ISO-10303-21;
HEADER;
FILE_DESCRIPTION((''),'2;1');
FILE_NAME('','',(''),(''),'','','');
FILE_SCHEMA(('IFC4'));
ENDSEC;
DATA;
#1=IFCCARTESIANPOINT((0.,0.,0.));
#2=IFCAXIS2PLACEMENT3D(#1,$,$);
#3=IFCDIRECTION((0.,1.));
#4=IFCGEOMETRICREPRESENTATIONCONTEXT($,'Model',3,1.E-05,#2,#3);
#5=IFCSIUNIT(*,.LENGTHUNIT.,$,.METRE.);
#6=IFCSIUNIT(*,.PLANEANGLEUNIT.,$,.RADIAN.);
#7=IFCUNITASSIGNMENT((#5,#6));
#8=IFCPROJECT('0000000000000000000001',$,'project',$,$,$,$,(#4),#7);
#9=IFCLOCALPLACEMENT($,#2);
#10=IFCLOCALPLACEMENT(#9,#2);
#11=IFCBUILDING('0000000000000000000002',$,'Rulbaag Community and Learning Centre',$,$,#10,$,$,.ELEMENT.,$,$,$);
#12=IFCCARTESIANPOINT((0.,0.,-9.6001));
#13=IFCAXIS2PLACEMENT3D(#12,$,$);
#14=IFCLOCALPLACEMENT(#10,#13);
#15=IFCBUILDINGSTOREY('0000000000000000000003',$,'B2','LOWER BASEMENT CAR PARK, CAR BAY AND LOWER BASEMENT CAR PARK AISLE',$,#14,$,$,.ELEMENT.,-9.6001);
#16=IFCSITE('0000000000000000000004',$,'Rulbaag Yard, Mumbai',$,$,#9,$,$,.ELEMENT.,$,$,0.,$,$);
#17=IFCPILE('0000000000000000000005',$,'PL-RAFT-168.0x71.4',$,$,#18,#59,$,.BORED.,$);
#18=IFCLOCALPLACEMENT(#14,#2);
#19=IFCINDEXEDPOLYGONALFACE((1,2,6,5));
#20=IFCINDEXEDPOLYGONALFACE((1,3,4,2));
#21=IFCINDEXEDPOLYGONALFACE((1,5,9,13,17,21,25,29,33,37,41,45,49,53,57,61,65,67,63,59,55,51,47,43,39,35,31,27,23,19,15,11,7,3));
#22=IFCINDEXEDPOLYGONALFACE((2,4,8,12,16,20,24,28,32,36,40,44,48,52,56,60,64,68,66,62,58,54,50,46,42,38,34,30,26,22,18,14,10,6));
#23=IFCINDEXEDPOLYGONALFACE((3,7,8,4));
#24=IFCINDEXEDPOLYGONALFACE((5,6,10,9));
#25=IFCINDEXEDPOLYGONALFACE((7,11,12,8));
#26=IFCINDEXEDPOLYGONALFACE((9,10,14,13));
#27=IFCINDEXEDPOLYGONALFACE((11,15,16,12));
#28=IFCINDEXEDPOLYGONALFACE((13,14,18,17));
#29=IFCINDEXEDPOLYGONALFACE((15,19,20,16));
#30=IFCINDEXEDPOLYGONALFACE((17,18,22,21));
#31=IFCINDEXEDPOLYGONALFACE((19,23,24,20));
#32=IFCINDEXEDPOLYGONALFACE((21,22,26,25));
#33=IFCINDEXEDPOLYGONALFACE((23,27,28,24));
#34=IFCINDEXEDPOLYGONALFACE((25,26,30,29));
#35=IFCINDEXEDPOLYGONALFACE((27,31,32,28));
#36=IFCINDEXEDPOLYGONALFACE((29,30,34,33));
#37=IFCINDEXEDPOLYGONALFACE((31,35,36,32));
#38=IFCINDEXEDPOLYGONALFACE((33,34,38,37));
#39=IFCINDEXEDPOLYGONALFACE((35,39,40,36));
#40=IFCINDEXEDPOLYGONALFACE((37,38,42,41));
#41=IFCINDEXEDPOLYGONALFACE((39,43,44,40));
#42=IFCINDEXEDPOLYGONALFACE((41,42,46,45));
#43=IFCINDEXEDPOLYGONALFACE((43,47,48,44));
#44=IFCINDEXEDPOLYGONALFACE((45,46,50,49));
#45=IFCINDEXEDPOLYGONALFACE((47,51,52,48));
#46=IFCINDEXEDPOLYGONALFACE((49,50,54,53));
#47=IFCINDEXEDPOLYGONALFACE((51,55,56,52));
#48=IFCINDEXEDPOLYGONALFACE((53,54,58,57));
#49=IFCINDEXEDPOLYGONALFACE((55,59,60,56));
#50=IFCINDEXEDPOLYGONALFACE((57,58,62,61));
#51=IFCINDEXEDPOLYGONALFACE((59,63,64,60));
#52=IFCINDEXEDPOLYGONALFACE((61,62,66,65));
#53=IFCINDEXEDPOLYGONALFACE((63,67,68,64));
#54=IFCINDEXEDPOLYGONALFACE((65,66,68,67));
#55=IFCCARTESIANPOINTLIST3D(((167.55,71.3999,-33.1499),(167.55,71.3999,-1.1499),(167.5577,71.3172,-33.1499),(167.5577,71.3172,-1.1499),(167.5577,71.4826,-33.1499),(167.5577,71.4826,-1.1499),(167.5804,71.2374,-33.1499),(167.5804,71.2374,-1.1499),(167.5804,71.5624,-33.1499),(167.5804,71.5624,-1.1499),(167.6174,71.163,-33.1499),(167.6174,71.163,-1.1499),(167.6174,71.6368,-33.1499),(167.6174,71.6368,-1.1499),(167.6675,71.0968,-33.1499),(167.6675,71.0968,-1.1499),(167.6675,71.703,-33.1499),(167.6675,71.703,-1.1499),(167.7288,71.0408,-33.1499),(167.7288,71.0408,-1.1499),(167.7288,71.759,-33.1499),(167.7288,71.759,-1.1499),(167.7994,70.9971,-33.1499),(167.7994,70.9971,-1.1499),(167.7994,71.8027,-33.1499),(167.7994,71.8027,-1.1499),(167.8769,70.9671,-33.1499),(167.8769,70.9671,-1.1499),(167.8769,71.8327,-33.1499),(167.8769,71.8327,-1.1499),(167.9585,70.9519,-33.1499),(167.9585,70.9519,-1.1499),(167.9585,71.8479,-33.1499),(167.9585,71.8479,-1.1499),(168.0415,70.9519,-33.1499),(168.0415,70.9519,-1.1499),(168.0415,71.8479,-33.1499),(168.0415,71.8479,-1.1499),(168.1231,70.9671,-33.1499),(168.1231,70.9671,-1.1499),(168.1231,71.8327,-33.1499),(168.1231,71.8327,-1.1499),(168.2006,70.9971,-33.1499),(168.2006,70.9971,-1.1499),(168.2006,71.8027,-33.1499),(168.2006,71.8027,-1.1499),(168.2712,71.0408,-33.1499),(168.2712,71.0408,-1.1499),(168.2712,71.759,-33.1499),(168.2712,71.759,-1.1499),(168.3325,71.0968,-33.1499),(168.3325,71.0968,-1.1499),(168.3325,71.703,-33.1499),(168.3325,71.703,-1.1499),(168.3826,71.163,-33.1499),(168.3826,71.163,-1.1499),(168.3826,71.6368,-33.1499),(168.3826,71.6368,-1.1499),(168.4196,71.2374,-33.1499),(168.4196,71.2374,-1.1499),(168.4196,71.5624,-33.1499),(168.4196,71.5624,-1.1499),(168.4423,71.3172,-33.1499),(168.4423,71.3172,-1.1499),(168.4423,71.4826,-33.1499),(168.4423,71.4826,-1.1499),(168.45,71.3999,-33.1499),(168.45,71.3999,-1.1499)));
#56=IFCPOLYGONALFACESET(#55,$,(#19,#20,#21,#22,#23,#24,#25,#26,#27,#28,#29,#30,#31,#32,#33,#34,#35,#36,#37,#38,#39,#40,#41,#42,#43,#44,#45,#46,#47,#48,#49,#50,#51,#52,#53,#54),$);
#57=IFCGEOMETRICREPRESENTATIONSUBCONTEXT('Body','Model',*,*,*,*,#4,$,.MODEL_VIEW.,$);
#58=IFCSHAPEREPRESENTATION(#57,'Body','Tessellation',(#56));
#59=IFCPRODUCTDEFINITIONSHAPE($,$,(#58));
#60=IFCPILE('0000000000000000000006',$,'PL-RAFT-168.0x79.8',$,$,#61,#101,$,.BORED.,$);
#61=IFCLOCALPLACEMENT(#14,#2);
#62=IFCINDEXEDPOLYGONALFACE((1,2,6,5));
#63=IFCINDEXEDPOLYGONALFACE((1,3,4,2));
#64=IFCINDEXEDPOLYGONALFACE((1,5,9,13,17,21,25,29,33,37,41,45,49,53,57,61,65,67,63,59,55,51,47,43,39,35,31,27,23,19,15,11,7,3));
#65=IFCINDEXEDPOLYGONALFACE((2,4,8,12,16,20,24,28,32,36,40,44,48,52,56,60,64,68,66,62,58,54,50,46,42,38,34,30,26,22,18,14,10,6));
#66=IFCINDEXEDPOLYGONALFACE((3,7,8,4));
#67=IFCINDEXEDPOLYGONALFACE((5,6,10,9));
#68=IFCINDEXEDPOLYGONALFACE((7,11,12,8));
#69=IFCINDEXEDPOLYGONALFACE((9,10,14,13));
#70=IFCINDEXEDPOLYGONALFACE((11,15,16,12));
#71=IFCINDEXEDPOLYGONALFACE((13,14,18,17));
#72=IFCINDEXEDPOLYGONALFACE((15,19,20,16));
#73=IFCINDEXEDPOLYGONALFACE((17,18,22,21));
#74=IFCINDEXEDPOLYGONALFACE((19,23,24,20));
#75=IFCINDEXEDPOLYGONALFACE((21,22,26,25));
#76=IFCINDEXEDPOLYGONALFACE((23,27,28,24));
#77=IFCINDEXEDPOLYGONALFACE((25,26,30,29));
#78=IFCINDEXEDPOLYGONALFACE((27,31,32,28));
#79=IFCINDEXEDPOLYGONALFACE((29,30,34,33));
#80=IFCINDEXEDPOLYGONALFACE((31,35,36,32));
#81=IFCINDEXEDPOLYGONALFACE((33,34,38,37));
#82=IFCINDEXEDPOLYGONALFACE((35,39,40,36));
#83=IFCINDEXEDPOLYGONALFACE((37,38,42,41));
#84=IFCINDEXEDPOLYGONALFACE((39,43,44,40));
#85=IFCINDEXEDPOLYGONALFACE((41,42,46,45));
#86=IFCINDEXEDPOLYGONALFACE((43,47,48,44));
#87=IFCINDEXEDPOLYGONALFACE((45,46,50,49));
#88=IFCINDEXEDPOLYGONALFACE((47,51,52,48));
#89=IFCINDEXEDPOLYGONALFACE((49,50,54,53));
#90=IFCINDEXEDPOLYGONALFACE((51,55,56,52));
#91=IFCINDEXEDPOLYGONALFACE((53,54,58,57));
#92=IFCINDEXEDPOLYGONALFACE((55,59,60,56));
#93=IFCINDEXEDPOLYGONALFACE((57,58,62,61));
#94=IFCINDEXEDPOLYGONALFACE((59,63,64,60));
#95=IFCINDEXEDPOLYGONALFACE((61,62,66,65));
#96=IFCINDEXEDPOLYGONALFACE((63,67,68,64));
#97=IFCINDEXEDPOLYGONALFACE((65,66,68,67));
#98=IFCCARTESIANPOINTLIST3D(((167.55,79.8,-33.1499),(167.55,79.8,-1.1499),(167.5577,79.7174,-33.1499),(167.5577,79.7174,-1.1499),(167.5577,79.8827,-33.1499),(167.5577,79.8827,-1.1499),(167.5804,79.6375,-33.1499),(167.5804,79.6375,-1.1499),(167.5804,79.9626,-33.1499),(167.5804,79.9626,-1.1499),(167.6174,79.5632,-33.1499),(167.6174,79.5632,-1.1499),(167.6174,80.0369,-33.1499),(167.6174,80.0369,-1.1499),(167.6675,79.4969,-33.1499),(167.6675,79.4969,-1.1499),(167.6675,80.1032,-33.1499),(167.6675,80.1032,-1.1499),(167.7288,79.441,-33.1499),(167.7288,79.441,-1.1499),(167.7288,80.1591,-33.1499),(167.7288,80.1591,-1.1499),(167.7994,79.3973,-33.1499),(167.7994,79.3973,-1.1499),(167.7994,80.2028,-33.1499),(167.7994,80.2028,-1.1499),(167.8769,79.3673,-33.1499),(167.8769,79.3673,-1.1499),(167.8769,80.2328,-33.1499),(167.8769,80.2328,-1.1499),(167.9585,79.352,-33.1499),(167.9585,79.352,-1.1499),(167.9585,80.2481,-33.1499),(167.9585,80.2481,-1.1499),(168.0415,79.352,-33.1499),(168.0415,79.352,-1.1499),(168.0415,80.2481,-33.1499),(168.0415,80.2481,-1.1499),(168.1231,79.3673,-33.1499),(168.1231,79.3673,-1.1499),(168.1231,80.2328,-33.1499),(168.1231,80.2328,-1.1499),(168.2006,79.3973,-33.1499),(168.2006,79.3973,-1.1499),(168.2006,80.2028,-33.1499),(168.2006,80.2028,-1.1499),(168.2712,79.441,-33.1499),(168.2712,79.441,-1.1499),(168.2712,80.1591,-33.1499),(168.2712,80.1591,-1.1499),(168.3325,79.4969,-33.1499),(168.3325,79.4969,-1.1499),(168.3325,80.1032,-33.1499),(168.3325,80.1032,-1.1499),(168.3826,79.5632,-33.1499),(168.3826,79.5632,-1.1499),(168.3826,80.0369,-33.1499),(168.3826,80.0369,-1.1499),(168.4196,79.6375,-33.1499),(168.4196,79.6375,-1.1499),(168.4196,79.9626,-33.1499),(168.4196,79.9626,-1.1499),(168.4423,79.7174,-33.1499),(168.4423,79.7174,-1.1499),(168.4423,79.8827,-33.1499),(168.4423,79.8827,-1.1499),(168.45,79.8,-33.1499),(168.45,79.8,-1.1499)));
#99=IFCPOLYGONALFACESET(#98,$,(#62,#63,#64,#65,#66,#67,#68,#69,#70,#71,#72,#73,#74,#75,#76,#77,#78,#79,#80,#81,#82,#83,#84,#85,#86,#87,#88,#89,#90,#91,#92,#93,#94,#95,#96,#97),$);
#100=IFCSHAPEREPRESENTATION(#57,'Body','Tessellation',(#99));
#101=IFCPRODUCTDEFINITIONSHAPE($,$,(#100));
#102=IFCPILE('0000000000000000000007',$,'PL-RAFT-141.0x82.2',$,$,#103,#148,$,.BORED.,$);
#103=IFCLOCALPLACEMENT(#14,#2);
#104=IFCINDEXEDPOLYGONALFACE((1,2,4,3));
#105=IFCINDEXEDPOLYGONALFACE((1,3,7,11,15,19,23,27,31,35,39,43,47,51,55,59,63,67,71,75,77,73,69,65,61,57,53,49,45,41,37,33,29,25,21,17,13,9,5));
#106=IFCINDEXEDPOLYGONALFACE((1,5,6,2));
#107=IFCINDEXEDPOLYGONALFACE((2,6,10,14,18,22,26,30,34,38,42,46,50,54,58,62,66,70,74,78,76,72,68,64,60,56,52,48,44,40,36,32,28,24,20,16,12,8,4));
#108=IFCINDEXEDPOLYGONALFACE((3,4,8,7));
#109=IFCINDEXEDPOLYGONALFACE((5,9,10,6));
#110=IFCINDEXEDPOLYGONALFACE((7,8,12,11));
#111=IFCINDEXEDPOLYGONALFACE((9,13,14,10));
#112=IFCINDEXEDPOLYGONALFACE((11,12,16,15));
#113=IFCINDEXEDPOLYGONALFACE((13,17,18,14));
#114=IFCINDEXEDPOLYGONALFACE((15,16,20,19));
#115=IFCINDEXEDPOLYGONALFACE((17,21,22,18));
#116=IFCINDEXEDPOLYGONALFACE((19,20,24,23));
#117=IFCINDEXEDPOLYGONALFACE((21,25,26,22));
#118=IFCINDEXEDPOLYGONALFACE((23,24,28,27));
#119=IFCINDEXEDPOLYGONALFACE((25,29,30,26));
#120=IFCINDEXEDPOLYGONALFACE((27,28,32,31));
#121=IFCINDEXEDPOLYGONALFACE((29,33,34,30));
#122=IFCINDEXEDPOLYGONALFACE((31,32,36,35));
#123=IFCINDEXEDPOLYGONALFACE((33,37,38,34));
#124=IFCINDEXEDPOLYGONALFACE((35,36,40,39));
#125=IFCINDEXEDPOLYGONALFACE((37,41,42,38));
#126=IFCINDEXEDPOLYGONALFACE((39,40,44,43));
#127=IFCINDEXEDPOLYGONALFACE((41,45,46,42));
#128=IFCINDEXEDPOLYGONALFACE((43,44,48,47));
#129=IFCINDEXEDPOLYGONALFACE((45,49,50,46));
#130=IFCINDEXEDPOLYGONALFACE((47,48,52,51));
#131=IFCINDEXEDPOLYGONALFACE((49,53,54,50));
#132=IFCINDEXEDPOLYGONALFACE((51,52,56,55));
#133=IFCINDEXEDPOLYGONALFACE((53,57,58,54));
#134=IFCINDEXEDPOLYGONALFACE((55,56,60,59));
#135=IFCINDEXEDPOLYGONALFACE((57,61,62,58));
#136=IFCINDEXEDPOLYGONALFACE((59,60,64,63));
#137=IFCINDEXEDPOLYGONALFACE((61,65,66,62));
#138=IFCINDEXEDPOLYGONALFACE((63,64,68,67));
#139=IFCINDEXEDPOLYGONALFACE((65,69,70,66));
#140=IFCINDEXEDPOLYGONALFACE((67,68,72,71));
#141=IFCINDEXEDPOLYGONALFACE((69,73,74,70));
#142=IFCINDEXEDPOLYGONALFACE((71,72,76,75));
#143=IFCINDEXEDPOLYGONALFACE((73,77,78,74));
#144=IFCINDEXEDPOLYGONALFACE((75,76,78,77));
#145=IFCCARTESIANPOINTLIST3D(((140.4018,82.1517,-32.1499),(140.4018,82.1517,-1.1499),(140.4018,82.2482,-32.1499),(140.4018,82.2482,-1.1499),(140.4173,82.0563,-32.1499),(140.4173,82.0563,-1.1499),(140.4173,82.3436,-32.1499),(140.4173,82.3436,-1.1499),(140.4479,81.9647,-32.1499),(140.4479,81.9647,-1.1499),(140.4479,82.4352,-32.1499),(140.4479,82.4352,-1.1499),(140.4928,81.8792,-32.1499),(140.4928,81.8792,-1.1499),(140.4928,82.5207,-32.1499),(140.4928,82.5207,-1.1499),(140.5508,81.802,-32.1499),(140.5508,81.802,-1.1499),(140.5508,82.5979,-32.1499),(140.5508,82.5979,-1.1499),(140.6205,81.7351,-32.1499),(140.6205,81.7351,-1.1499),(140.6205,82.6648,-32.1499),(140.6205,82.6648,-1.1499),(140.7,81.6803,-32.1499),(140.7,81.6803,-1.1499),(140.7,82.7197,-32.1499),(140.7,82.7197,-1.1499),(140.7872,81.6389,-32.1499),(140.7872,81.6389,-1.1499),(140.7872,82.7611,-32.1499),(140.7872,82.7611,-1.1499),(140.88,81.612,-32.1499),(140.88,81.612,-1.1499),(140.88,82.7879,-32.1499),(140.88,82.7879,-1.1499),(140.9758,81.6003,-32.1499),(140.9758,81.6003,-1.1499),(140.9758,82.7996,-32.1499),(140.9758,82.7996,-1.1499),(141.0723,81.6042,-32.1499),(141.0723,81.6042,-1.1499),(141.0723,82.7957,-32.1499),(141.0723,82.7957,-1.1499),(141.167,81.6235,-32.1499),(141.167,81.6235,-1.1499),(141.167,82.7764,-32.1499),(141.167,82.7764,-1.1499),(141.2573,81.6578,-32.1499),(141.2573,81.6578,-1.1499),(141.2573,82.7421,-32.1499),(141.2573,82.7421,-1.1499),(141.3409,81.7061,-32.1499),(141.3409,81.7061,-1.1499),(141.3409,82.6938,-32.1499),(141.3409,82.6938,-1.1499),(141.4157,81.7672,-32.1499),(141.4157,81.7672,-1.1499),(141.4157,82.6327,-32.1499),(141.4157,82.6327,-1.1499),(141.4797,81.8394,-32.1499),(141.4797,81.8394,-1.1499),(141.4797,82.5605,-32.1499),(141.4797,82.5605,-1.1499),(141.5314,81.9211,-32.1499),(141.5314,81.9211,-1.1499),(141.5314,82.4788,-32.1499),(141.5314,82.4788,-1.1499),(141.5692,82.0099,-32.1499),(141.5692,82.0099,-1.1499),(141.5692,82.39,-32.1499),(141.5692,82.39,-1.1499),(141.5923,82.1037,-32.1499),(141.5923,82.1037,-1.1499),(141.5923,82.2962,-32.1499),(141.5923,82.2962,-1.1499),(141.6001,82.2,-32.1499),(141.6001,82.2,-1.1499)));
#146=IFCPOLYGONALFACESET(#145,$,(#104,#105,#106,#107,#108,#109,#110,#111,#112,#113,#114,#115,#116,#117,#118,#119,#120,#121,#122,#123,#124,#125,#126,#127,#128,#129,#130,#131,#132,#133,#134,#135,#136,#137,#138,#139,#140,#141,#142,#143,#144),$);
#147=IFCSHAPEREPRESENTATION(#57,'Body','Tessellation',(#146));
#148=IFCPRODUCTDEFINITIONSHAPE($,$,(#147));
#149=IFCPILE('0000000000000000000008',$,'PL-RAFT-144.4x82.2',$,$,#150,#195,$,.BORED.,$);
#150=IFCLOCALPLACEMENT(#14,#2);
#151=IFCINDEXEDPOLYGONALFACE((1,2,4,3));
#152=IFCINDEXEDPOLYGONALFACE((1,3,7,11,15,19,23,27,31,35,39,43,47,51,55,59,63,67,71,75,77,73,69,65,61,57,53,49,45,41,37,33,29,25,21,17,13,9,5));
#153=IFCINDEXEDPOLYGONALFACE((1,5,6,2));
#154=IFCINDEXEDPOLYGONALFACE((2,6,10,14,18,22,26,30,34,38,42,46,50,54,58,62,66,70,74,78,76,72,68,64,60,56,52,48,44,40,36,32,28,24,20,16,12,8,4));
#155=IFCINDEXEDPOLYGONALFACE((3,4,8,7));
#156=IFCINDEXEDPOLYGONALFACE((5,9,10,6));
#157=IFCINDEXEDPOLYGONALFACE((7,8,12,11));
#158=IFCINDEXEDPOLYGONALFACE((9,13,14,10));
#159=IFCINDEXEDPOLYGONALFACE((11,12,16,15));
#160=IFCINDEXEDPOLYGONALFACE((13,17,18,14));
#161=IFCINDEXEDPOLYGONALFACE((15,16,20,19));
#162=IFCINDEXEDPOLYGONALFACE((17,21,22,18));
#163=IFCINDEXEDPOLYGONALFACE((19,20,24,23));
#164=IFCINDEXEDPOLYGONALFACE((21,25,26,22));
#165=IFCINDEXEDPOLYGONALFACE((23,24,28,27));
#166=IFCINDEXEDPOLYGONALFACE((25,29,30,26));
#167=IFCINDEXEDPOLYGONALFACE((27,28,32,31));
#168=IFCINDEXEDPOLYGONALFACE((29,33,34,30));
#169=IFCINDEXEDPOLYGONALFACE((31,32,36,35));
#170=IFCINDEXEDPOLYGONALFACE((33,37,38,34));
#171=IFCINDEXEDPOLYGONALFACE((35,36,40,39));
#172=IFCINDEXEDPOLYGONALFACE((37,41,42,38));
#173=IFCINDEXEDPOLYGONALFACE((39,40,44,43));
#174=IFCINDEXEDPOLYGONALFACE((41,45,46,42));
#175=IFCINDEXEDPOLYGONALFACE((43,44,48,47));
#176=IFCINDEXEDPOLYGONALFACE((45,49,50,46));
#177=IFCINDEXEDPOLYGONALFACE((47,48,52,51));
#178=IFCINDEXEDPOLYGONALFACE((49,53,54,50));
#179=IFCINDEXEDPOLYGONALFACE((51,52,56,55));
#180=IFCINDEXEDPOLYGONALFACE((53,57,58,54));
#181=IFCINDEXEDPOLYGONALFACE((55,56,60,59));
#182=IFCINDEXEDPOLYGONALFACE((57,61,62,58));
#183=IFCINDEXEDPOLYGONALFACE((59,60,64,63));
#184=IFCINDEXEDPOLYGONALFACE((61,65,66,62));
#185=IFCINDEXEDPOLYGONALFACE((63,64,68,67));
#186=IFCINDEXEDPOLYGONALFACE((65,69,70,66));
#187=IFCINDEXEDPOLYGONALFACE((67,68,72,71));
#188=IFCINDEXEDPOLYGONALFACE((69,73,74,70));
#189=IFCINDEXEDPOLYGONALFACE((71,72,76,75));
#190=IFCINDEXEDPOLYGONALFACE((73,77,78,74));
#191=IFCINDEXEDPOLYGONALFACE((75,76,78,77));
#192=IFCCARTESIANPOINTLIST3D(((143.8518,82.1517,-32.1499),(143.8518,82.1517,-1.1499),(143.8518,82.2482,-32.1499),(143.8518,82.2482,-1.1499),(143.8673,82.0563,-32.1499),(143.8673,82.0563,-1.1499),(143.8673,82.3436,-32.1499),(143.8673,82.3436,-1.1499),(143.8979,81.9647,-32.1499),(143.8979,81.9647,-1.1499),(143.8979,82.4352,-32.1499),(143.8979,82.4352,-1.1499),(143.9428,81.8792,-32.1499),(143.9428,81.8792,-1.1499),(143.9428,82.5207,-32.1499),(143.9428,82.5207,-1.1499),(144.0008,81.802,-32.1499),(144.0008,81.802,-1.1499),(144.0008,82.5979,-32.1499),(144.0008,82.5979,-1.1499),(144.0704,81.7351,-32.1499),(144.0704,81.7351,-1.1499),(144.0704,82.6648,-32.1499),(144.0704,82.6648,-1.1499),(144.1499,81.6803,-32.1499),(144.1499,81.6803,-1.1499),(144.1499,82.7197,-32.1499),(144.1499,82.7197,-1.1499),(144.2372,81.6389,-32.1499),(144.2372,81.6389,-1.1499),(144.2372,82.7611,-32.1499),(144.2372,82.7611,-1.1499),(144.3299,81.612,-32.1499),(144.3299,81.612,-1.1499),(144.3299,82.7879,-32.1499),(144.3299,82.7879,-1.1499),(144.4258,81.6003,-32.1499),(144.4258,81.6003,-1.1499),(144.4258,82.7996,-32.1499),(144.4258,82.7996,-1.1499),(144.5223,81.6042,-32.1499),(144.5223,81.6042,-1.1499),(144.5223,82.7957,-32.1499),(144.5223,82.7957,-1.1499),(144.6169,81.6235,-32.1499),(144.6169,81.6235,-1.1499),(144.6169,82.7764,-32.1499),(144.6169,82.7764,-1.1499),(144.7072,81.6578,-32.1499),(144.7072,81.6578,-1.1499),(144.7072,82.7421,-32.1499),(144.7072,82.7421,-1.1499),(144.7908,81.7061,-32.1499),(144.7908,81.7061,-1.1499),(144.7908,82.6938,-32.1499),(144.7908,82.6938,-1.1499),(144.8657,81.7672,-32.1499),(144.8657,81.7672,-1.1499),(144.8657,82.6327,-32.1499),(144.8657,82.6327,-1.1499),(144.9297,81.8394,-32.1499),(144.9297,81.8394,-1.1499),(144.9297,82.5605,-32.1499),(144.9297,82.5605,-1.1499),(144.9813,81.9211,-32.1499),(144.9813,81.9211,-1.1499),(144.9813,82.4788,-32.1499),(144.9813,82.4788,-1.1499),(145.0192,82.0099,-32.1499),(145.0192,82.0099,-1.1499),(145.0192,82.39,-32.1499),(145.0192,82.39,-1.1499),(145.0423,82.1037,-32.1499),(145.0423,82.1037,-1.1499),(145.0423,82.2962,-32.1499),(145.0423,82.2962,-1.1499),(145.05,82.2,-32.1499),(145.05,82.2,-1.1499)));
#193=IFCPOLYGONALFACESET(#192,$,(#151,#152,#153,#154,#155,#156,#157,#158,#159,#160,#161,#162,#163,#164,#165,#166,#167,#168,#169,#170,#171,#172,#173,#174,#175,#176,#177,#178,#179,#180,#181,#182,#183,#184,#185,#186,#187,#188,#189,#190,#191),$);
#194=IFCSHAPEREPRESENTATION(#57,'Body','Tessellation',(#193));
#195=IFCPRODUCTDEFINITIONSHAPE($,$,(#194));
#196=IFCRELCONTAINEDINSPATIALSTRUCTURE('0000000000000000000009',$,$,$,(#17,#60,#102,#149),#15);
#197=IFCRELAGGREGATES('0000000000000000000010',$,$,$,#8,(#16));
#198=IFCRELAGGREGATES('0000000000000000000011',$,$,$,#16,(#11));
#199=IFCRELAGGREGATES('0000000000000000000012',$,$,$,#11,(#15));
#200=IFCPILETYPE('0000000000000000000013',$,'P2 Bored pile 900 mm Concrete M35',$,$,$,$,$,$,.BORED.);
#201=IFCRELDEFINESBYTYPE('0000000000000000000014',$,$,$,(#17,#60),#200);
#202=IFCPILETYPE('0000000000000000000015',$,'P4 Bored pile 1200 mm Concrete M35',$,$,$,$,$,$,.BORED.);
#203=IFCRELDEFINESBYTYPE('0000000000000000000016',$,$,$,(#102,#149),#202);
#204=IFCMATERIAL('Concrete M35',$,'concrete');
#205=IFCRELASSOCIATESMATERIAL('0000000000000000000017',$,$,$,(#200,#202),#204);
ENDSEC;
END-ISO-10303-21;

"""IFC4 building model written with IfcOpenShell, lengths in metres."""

from ifc_helpers import new_model, si_unit, direction, frame, origin, origin_2d, place, context, subcontext, project, spatial, circle, extrude, material, material_profile, profile_set, type_object, element, save


model = new_model("IFC4")

# Units and contexts
model_context = context("Model", 3, precision=1e-05, world=origin(), true_north=direction((0.0, 1.0)))
body_context = subcontext(model_context, "Body", "Model", "MODEL_VIEW")
ifc_project = project(units=[si_unit("LENGTHUNIT", "METRE"), si_unit("PLANEANGLEUNIT", "RADIAN")], contexts=[model_context])

# Site, building, storey
site_placement = place(None, origin())
site = spatial("IfcSite", under=ifc_project, at=site_placement, Name="Rulbaag Yard, Mumbai", CompositionType="ELEMENT", RefElevation=0.0)
building_placement = place(site_placement, origin())
building = spatial("IfcBuilding", under=site, at=building_placement, Name="Rulbaag Community and Learning Centre", CompositionType="ELEMENT")
storey_placement = place(building_placement, frame((0.0, 0.0, -9.6001)))
storey = spatial("IfcBuildingStorey", under=building, at=storey_placement, Name="B2", Description="LOWER BASEMENT CAR PARK, CAR BAY AND LOWER BASEMENT CAR PARK AISLE", CompositionType="ELEMENT", Elevation=-9.6001)

# Piles
ifc_material_1 = material(Name="Concrete M35", Category="concrete")
ifc_material_profile_1 = material_profile(ifc_material_1, circle(Radius=0.45, at=origin_2d()), Name="BP900")
ifc_profile_set_1 = profile_set([ifc_material_profile_1], Name="Concrete M35")
pile_type_1 = type_object("IfcPileType", Name="P2 Bored pile 900 mm Concrete M35", PredefinedType="BORED", material=ifc_profile_set_1)
for number, where, z_axis, x_axis, name in (
    (1, (168.0, 71.3999, -1.1499), (0.0, 0.0, -1.0), (1.0, 0.0, 0.0), "PL-RAFT-168.0x71.4"),
    (2, (168.0, 79.8, -1.1499), (0.0, 0.0, -1.0), (1.0, 0.0, 0.0), "PL-RAFT-168.0x79.8"),
):
    element("IfcPile", number, at=place(storey_placement, frame(where, z_axis=z_axis, x_axis=x_axis)), inside=storey, type_object=pile_type_1, Name=name, PredefinedType="BORED", context=body_context, shape_type="SweptSolid", body=[
        extrude(circle(Radius=0.45, at=origin_2d()), origin(), (0.0, 0.0, 1.0), 32.0),
    ])
ifc_material_profile_2 = material_profile(ifc_material_1, circle(Radius=0.6001, at=origin_2d()), Name="BP1200")
ifc_profile_set_2 = profile_set([ifc_material_profile_2], Name="Concrete M35")
pile_type_2 = type_object("IfcPileType", Name="P4 Bored pile 1200 mm Concrete M35", PredefinedType="BORED", material=ifc_profile_set_2)
for number, where, z_axis, x_axis, name in (
    (3, (141.0, 82.2, -1.1499), (0.0, 0.0, -1.0), (1.0, 0.0, 0.0), "PL-RAFT-141.0x82.2"),
    (4, (144.45, 82.2, -1.1499), (0.0, 0.0, -1.0), (1.0, 0.0, 0.0), "PL-RAFT-144.4x82.2"),
):
    element("IfcPile", number, at=place(storey_placement, frame(where, z_axis=z_axis, x_axis=x_axis)), inside=storey, type_object=pile_type_2, Name=name, PredefinedType="BORED", context=body_context, shape_type="SweptSolid", body=[
        extrude(circle(Radius=0.6001, at=origin_2d()), origin(), (0.0, 0.0, 1.0), 31.0),
    ])

save(model, "model.ifc")
